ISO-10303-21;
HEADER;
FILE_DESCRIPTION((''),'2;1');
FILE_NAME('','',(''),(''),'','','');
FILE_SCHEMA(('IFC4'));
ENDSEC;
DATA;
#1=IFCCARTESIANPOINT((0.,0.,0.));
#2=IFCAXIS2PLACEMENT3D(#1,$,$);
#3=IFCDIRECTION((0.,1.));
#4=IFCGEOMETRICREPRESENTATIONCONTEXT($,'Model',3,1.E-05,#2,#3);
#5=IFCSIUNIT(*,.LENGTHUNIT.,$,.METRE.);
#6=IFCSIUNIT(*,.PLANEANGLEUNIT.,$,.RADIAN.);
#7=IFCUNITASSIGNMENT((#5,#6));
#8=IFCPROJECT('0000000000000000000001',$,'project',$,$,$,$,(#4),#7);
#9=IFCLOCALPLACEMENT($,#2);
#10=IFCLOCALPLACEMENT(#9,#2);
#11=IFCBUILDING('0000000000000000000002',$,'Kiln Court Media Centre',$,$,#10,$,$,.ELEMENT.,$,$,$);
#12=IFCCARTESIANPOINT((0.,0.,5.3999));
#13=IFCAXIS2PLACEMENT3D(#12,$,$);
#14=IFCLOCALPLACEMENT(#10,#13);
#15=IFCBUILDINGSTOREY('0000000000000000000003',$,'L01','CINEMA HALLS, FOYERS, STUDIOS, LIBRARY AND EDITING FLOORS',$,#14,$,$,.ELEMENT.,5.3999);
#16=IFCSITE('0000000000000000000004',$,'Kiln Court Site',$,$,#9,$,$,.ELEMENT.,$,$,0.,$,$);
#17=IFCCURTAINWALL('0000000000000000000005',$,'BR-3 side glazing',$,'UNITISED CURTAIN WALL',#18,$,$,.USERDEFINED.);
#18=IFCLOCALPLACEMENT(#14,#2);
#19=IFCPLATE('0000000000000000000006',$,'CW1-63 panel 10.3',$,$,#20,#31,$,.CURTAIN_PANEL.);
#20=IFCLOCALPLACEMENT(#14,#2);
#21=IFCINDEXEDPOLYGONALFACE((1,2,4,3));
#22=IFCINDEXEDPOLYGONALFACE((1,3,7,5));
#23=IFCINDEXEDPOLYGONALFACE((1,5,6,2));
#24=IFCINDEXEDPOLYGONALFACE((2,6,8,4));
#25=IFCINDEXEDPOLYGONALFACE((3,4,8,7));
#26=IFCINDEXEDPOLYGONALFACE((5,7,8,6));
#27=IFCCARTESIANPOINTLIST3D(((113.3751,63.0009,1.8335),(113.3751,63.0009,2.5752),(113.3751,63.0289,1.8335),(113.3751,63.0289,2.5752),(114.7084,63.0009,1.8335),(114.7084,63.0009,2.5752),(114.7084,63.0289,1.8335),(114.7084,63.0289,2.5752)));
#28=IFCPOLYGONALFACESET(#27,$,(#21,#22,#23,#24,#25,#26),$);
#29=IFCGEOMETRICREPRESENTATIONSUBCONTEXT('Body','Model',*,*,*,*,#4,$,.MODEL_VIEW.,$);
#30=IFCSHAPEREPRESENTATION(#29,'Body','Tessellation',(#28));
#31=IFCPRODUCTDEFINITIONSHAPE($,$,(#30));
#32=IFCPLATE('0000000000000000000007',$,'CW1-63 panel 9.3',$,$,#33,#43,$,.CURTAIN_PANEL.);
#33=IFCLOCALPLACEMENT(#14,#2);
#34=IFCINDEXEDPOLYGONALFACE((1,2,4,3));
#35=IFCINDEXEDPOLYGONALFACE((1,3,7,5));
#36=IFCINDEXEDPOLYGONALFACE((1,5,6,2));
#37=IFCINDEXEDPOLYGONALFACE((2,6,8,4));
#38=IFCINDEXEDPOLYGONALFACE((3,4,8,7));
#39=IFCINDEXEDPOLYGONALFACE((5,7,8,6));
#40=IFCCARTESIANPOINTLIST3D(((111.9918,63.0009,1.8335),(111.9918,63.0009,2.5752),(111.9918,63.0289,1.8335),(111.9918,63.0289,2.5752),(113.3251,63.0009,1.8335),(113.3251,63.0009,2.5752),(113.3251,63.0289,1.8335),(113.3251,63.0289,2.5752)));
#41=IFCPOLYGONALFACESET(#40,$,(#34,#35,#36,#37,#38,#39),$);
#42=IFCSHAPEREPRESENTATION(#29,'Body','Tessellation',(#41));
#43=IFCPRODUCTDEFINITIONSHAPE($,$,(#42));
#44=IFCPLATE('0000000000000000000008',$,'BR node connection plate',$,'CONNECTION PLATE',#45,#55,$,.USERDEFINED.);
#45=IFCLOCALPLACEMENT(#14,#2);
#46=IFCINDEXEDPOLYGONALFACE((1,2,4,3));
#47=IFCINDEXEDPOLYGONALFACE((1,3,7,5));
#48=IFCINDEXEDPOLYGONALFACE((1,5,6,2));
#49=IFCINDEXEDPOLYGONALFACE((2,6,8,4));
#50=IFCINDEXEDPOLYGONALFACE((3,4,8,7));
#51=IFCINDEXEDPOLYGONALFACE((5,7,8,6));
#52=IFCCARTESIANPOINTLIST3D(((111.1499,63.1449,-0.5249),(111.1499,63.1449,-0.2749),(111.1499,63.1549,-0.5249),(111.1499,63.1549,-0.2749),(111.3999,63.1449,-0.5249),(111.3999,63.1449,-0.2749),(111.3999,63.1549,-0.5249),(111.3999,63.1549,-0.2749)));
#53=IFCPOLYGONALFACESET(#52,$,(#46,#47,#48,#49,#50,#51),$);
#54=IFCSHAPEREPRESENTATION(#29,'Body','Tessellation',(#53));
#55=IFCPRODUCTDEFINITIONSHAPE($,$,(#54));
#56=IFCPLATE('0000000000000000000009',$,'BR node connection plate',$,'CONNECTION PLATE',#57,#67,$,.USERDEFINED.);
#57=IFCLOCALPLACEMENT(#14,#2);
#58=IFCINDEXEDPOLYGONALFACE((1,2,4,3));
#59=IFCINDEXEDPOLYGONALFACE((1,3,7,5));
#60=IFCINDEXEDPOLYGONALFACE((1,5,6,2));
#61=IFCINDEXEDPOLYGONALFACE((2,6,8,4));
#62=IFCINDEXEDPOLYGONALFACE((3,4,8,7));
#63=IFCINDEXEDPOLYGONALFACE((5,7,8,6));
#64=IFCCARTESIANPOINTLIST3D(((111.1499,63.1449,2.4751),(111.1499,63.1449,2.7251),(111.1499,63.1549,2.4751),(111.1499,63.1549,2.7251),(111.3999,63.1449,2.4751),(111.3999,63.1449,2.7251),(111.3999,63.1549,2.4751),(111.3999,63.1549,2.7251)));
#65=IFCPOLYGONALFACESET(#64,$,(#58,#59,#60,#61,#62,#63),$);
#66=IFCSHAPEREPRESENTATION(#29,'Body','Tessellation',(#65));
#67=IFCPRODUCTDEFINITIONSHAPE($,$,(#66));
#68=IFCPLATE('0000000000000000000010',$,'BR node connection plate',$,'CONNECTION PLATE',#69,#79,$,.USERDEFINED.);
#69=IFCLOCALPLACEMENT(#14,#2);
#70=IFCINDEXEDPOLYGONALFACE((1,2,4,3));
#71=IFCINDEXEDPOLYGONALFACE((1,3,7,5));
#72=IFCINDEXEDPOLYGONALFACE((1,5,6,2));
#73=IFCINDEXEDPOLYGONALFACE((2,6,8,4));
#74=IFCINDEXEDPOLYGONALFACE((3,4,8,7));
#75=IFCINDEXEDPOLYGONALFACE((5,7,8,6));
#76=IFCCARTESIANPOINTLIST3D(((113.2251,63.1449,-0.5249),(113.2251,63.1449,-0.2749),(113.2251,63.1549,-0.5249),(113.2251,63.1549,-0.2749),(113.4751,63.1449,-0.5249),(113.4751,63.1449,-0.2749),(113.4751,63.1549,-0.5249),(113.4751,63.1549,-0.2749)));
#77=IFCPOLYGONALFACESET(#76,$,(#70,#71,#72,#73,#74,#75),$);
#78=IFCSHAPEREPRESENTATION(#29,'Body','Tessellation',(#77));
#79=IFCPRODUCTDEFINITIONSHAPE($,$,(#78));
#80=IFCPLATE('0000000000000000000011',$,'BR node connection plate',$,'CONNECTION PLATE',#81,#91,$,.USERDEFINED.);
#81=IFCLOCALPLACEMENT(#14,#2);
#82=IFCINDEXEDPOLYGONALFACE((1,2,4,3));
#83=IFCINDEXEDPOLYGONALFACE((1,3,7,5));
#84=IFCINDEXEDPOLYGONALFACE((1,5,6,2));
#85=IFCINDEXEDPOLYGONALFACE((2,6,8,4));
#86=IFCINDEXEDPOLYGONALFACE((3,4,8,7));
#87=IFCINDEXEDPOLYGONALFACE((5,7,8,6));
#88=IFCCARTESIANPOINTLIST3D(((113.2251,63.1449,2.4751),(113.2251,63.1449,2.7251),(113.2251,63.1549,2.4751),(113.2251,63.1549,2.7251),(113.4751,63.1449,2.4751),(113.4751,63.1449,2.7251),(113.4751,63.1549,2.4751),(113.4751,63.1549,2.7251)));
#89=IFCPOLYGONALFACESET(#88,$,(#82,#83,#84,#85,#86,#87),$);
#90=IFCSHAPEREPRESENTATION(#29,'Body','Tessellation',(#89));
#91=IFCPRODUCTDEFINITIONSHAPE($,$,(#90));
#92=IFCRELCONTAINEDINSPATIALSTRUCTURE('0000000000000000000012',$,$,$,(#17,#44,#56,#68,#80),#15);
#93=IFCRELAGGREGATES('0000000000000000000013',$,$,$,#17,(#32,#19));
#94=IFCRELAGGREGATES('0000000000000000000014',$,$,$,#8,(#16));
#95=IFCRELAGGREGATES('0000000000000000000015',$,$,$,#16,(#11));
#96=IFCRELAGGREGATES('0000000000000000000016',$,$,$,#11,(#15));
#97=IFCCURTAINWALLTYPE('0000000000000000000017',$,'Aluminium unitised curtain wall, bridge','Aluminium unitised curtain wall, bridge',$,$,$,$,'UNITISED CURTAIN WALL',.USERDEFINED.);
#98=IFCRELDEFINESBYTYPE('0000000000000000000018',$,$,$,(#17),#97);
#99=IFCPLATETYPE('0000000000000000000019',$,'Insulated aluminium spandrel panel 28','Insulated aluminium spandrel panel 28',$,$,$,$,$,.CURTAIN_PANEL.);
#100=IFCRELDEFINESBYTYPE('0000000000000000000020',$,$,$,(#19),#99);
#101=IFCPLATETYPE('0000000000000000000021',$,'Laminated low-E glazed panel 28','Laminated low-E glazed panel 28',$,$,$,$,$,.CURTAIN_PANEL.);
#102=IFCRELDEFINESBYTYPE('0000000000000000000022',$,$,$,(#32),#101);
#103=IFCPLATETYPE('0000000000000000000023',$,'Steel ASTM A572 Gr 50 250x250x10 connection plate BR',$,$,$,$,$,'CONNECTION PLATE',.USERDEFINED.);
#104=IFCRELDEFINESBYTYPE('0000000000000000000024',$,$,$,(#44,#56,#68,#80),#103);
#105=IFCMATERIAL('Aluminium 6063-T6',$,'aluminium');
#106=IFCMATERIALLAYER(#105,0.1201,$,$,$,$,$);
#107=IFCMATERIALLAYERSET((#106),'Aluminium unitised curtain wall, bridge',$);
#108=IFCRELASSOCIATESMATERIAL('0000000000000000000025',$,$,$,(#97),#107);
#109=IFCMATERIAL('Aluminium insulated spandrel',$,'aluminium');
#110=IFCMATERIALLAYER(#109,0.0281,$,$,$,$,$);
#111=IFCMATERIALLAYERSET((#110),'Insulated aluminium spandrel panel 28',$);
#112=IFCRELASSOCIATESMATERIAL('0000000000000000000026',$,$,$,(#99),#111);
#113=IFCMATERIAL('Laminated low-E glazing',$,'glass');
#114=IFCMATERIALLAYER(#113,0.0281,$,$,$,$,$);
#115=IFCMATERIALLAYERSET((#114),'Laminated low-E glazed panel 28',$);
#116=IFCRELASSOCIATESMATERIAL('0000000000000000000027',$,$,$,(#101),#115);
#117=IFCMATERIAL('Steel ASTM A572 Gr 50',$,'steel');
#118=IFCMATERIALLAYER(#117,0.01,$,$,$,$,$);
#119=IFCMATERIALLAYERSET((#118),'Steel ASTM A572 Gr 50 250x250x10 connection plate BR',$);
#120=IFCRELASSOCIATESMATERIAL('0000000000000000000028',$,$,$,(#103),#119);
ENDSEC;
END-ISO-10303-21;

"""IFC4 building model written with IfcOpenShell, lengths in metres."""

from ifc_helpers import new_model, si_unit, direction, frame, origin, origin_2d, place, context, subcontext, project, spatial, rectangle, extrude, material, layer, layer_set, type_object, element, aggregate, save


model = new_model("IFC4")

# Units and contexts
model_context = context("Model", 3, precision=1e-05, world=origin(), true_north=direction((0.0, 1.0)))
body_context = subcontext(model_context, "Body", "Model", "MODEL_VIEW")
ifc_project = project(units=[si_unit("LENGTHUNIT", "METRE"), si_unit("PLANEANGLEUNIT", "RADIAN")], contexts=[model_context])

# Site, building, storey
site_placement = place(None, origin())
site = spatial("IfcSite", under=ifc_project, at=site_placement, Name="Kiln Court Site", CompositionType="ELEMENT", RefElevation=0.0)
building_placement = place(site_placement, origin())
building = spatial("IfcBuilding", under=site, at=building_placement, Name="Kiln Court Media Centre", CompositionType="ELEMENT")
storey_placement = place(building_placement, frame((0.0, 0.0, 5.3999)))
storey = spatial("IfcBuildingStorey", under=building, at=storey_placement, Name="L01", Description="CINEMA HALLS, FOYERS, STUDIOS, LIBRARY AND EDITING FLOORS", CompositionType="ELEMENT", Elevation=5.3999)

# Curtain wall
ifc_material_1 = material(Name="Aluminium 6063-T6", Category="aluminium")
ifc_layer_1 = layer(ifc_material_1, 0.1201)
ifc_layer_set_1 = layer_set([ifc_layer_1], Name="Aluminium unitised curtain wall, bridge")
curtain_wall_type = type_object("IfcCurtainWallType", Name="Aluminium unitised curtain wall, bridge", Description="Aluminium unitised curtain wall, bridge", ElementType="UNITISED CURTAIN WALL", PredefinedType="USERDEFINED", material=ifc_layer_set_1)
curtain_wall_placement = place(storey_placement, origin())
curtain_wall = element("IfcCurtainWall", 1, at=curtain_wall_placement, inside=storey, type_object=curtain_wall_type, Name="BR-3 side glazing", ObjectType="UNITISED CURTAIN WALL", PredefinedType="USERDEFINED")

# Plates
ifc_material_2 = material(Name="Aluminium insulated spandrel", Category="aluminium")
ifc_layer_2 = layer(ifc_material_2, 0.0281)
ifc_layer_set_2 = layer_set([ifc_layer_2], Name="Insulated aluminium spandrel panel 28")
plate_type_1 = type_object("IfcPlateType", Name="Insulated aluminium spandrel panel 28", Description="Insulated aluminium spandrel panel 28", PredefinedType="CURTAIN_PANEL", material=ifc_layer_set_2)
plate_1_placement = place(storey_placement, frame((114.0417, 63.0149, 1.8335), z_axis=(0.0, 0.0, 1.0), x_axis=(1.0, 0.0, 0.0)))
plate_1 = element("IfcPlate", 2, at=plate_1_placement, type_object=plate_type_1, Name="CW1-63 panel 10.3", PredefinedType="CURTAIN_PANEL", context=body_context, shape_type="SweptSolid", body=[
    extrude(rectangle(XDim=1.3333, YDim=0.0281, at=origin_2d()), origin(), (0.0, 0.0, 1.0), 0.7417),
])
ifc_material_3 = material(Name="Laminated low-E glazing", Category="glass")
ifc_layer_3 = layer(ifc_material_3, 0.0281)
ifc_layer_set_3 = layer_set([ifc_layer_3], Name="Laminated low-E glazed panel 28")
plate_type_2 = type_object("IfcPlateType", Name="Laminated low-E glazed panel 28", Description="Laminated low-E glazed panel 28", PredefinedType="CURTAIN_PANEL", material=ifc_layer_set_3)
plate_2_placement = place(storey_placement, frame((112.6584, 63.0149, 1.8335), z_axis=(0.0, 0.0, 1.0), x_axis=(1.0, 0.0, 0.0)))
plate_2 = element("IfcPlate", 3, at=plate_2_placement, type_object=plate_type_2, Name="CW1-63 panel 9.3", PredefinedType="CURTAIN_PANEL", context=body_context, shape_type="SweptSolid", body=[
    extrude(rectangle(XDim=1.3333, YDim=0.0281, at=origin_2d()), origin(), (0.0, 0.0, 1.0), 0.7417),
])
aggregate(curtain_wall, [plate_2, plate_1])

# Plates
ifc_material_4 = material(Name="Steel ASTM A572 Gr 50", Category="steel")
ifc_layer_4 = layer(ifc_material_4, 0.01)
ifc_layer_set_4 = layer_set([ifc_layer_4], Name="Steel ASTM A572 Gr 50 250x250x10 connection plate BR")
plate_type_3 = type_object("IfcPlateType", Name="Steel ASTM A572 Gr 50 250x250x10 connection plate BR", ElementType="CONNECTION PLATE", PredefinedType="USERDEFINED", material=ifc_layer_set_4)
for number, where, z_axis, x_axis, name in (
    (4, (111.2749, 63.1499, -0.5249), (0.0, 0.0, 1.0), (1.0, 0.0, 0.0), "BR node connection plate"),
    (5, (111.2749, 63.1499, 2.4751), (0.0, 0.0, 1.0), (1.0, 0.0, 0.0), "BR node connection plate"),
    (6, (113.3501, 63.1499, -0.5249), (0.0, 0.0, 1.0), (1.0, 0.0, 0.0), "BR node connection plate"),
    (7, (113.3501, 63.1499, 2.4751), (0.0, 0.0, 1.0), (1.0, 0.0, 0.0), "BR node connection plate"),
):
    element("IfcPlate", number, at=place(storey_placement, frame(where, z_axis=z_axis, x_axis=x_axis)), inside=storey, type_object=plate_type_3, Name=name, ObjectType="CONNECTION PLATE", PredefinedType="USERDEFINED", context=body_context, shape_type="SweptSolid", body=[
        extrude(rectangle(XDim=0.25, YDim=0.01, at=origin_2d()), origin(), (0.0, 0.0, 1.0), 0.25),
    ])

save(model, "model.ifc")
